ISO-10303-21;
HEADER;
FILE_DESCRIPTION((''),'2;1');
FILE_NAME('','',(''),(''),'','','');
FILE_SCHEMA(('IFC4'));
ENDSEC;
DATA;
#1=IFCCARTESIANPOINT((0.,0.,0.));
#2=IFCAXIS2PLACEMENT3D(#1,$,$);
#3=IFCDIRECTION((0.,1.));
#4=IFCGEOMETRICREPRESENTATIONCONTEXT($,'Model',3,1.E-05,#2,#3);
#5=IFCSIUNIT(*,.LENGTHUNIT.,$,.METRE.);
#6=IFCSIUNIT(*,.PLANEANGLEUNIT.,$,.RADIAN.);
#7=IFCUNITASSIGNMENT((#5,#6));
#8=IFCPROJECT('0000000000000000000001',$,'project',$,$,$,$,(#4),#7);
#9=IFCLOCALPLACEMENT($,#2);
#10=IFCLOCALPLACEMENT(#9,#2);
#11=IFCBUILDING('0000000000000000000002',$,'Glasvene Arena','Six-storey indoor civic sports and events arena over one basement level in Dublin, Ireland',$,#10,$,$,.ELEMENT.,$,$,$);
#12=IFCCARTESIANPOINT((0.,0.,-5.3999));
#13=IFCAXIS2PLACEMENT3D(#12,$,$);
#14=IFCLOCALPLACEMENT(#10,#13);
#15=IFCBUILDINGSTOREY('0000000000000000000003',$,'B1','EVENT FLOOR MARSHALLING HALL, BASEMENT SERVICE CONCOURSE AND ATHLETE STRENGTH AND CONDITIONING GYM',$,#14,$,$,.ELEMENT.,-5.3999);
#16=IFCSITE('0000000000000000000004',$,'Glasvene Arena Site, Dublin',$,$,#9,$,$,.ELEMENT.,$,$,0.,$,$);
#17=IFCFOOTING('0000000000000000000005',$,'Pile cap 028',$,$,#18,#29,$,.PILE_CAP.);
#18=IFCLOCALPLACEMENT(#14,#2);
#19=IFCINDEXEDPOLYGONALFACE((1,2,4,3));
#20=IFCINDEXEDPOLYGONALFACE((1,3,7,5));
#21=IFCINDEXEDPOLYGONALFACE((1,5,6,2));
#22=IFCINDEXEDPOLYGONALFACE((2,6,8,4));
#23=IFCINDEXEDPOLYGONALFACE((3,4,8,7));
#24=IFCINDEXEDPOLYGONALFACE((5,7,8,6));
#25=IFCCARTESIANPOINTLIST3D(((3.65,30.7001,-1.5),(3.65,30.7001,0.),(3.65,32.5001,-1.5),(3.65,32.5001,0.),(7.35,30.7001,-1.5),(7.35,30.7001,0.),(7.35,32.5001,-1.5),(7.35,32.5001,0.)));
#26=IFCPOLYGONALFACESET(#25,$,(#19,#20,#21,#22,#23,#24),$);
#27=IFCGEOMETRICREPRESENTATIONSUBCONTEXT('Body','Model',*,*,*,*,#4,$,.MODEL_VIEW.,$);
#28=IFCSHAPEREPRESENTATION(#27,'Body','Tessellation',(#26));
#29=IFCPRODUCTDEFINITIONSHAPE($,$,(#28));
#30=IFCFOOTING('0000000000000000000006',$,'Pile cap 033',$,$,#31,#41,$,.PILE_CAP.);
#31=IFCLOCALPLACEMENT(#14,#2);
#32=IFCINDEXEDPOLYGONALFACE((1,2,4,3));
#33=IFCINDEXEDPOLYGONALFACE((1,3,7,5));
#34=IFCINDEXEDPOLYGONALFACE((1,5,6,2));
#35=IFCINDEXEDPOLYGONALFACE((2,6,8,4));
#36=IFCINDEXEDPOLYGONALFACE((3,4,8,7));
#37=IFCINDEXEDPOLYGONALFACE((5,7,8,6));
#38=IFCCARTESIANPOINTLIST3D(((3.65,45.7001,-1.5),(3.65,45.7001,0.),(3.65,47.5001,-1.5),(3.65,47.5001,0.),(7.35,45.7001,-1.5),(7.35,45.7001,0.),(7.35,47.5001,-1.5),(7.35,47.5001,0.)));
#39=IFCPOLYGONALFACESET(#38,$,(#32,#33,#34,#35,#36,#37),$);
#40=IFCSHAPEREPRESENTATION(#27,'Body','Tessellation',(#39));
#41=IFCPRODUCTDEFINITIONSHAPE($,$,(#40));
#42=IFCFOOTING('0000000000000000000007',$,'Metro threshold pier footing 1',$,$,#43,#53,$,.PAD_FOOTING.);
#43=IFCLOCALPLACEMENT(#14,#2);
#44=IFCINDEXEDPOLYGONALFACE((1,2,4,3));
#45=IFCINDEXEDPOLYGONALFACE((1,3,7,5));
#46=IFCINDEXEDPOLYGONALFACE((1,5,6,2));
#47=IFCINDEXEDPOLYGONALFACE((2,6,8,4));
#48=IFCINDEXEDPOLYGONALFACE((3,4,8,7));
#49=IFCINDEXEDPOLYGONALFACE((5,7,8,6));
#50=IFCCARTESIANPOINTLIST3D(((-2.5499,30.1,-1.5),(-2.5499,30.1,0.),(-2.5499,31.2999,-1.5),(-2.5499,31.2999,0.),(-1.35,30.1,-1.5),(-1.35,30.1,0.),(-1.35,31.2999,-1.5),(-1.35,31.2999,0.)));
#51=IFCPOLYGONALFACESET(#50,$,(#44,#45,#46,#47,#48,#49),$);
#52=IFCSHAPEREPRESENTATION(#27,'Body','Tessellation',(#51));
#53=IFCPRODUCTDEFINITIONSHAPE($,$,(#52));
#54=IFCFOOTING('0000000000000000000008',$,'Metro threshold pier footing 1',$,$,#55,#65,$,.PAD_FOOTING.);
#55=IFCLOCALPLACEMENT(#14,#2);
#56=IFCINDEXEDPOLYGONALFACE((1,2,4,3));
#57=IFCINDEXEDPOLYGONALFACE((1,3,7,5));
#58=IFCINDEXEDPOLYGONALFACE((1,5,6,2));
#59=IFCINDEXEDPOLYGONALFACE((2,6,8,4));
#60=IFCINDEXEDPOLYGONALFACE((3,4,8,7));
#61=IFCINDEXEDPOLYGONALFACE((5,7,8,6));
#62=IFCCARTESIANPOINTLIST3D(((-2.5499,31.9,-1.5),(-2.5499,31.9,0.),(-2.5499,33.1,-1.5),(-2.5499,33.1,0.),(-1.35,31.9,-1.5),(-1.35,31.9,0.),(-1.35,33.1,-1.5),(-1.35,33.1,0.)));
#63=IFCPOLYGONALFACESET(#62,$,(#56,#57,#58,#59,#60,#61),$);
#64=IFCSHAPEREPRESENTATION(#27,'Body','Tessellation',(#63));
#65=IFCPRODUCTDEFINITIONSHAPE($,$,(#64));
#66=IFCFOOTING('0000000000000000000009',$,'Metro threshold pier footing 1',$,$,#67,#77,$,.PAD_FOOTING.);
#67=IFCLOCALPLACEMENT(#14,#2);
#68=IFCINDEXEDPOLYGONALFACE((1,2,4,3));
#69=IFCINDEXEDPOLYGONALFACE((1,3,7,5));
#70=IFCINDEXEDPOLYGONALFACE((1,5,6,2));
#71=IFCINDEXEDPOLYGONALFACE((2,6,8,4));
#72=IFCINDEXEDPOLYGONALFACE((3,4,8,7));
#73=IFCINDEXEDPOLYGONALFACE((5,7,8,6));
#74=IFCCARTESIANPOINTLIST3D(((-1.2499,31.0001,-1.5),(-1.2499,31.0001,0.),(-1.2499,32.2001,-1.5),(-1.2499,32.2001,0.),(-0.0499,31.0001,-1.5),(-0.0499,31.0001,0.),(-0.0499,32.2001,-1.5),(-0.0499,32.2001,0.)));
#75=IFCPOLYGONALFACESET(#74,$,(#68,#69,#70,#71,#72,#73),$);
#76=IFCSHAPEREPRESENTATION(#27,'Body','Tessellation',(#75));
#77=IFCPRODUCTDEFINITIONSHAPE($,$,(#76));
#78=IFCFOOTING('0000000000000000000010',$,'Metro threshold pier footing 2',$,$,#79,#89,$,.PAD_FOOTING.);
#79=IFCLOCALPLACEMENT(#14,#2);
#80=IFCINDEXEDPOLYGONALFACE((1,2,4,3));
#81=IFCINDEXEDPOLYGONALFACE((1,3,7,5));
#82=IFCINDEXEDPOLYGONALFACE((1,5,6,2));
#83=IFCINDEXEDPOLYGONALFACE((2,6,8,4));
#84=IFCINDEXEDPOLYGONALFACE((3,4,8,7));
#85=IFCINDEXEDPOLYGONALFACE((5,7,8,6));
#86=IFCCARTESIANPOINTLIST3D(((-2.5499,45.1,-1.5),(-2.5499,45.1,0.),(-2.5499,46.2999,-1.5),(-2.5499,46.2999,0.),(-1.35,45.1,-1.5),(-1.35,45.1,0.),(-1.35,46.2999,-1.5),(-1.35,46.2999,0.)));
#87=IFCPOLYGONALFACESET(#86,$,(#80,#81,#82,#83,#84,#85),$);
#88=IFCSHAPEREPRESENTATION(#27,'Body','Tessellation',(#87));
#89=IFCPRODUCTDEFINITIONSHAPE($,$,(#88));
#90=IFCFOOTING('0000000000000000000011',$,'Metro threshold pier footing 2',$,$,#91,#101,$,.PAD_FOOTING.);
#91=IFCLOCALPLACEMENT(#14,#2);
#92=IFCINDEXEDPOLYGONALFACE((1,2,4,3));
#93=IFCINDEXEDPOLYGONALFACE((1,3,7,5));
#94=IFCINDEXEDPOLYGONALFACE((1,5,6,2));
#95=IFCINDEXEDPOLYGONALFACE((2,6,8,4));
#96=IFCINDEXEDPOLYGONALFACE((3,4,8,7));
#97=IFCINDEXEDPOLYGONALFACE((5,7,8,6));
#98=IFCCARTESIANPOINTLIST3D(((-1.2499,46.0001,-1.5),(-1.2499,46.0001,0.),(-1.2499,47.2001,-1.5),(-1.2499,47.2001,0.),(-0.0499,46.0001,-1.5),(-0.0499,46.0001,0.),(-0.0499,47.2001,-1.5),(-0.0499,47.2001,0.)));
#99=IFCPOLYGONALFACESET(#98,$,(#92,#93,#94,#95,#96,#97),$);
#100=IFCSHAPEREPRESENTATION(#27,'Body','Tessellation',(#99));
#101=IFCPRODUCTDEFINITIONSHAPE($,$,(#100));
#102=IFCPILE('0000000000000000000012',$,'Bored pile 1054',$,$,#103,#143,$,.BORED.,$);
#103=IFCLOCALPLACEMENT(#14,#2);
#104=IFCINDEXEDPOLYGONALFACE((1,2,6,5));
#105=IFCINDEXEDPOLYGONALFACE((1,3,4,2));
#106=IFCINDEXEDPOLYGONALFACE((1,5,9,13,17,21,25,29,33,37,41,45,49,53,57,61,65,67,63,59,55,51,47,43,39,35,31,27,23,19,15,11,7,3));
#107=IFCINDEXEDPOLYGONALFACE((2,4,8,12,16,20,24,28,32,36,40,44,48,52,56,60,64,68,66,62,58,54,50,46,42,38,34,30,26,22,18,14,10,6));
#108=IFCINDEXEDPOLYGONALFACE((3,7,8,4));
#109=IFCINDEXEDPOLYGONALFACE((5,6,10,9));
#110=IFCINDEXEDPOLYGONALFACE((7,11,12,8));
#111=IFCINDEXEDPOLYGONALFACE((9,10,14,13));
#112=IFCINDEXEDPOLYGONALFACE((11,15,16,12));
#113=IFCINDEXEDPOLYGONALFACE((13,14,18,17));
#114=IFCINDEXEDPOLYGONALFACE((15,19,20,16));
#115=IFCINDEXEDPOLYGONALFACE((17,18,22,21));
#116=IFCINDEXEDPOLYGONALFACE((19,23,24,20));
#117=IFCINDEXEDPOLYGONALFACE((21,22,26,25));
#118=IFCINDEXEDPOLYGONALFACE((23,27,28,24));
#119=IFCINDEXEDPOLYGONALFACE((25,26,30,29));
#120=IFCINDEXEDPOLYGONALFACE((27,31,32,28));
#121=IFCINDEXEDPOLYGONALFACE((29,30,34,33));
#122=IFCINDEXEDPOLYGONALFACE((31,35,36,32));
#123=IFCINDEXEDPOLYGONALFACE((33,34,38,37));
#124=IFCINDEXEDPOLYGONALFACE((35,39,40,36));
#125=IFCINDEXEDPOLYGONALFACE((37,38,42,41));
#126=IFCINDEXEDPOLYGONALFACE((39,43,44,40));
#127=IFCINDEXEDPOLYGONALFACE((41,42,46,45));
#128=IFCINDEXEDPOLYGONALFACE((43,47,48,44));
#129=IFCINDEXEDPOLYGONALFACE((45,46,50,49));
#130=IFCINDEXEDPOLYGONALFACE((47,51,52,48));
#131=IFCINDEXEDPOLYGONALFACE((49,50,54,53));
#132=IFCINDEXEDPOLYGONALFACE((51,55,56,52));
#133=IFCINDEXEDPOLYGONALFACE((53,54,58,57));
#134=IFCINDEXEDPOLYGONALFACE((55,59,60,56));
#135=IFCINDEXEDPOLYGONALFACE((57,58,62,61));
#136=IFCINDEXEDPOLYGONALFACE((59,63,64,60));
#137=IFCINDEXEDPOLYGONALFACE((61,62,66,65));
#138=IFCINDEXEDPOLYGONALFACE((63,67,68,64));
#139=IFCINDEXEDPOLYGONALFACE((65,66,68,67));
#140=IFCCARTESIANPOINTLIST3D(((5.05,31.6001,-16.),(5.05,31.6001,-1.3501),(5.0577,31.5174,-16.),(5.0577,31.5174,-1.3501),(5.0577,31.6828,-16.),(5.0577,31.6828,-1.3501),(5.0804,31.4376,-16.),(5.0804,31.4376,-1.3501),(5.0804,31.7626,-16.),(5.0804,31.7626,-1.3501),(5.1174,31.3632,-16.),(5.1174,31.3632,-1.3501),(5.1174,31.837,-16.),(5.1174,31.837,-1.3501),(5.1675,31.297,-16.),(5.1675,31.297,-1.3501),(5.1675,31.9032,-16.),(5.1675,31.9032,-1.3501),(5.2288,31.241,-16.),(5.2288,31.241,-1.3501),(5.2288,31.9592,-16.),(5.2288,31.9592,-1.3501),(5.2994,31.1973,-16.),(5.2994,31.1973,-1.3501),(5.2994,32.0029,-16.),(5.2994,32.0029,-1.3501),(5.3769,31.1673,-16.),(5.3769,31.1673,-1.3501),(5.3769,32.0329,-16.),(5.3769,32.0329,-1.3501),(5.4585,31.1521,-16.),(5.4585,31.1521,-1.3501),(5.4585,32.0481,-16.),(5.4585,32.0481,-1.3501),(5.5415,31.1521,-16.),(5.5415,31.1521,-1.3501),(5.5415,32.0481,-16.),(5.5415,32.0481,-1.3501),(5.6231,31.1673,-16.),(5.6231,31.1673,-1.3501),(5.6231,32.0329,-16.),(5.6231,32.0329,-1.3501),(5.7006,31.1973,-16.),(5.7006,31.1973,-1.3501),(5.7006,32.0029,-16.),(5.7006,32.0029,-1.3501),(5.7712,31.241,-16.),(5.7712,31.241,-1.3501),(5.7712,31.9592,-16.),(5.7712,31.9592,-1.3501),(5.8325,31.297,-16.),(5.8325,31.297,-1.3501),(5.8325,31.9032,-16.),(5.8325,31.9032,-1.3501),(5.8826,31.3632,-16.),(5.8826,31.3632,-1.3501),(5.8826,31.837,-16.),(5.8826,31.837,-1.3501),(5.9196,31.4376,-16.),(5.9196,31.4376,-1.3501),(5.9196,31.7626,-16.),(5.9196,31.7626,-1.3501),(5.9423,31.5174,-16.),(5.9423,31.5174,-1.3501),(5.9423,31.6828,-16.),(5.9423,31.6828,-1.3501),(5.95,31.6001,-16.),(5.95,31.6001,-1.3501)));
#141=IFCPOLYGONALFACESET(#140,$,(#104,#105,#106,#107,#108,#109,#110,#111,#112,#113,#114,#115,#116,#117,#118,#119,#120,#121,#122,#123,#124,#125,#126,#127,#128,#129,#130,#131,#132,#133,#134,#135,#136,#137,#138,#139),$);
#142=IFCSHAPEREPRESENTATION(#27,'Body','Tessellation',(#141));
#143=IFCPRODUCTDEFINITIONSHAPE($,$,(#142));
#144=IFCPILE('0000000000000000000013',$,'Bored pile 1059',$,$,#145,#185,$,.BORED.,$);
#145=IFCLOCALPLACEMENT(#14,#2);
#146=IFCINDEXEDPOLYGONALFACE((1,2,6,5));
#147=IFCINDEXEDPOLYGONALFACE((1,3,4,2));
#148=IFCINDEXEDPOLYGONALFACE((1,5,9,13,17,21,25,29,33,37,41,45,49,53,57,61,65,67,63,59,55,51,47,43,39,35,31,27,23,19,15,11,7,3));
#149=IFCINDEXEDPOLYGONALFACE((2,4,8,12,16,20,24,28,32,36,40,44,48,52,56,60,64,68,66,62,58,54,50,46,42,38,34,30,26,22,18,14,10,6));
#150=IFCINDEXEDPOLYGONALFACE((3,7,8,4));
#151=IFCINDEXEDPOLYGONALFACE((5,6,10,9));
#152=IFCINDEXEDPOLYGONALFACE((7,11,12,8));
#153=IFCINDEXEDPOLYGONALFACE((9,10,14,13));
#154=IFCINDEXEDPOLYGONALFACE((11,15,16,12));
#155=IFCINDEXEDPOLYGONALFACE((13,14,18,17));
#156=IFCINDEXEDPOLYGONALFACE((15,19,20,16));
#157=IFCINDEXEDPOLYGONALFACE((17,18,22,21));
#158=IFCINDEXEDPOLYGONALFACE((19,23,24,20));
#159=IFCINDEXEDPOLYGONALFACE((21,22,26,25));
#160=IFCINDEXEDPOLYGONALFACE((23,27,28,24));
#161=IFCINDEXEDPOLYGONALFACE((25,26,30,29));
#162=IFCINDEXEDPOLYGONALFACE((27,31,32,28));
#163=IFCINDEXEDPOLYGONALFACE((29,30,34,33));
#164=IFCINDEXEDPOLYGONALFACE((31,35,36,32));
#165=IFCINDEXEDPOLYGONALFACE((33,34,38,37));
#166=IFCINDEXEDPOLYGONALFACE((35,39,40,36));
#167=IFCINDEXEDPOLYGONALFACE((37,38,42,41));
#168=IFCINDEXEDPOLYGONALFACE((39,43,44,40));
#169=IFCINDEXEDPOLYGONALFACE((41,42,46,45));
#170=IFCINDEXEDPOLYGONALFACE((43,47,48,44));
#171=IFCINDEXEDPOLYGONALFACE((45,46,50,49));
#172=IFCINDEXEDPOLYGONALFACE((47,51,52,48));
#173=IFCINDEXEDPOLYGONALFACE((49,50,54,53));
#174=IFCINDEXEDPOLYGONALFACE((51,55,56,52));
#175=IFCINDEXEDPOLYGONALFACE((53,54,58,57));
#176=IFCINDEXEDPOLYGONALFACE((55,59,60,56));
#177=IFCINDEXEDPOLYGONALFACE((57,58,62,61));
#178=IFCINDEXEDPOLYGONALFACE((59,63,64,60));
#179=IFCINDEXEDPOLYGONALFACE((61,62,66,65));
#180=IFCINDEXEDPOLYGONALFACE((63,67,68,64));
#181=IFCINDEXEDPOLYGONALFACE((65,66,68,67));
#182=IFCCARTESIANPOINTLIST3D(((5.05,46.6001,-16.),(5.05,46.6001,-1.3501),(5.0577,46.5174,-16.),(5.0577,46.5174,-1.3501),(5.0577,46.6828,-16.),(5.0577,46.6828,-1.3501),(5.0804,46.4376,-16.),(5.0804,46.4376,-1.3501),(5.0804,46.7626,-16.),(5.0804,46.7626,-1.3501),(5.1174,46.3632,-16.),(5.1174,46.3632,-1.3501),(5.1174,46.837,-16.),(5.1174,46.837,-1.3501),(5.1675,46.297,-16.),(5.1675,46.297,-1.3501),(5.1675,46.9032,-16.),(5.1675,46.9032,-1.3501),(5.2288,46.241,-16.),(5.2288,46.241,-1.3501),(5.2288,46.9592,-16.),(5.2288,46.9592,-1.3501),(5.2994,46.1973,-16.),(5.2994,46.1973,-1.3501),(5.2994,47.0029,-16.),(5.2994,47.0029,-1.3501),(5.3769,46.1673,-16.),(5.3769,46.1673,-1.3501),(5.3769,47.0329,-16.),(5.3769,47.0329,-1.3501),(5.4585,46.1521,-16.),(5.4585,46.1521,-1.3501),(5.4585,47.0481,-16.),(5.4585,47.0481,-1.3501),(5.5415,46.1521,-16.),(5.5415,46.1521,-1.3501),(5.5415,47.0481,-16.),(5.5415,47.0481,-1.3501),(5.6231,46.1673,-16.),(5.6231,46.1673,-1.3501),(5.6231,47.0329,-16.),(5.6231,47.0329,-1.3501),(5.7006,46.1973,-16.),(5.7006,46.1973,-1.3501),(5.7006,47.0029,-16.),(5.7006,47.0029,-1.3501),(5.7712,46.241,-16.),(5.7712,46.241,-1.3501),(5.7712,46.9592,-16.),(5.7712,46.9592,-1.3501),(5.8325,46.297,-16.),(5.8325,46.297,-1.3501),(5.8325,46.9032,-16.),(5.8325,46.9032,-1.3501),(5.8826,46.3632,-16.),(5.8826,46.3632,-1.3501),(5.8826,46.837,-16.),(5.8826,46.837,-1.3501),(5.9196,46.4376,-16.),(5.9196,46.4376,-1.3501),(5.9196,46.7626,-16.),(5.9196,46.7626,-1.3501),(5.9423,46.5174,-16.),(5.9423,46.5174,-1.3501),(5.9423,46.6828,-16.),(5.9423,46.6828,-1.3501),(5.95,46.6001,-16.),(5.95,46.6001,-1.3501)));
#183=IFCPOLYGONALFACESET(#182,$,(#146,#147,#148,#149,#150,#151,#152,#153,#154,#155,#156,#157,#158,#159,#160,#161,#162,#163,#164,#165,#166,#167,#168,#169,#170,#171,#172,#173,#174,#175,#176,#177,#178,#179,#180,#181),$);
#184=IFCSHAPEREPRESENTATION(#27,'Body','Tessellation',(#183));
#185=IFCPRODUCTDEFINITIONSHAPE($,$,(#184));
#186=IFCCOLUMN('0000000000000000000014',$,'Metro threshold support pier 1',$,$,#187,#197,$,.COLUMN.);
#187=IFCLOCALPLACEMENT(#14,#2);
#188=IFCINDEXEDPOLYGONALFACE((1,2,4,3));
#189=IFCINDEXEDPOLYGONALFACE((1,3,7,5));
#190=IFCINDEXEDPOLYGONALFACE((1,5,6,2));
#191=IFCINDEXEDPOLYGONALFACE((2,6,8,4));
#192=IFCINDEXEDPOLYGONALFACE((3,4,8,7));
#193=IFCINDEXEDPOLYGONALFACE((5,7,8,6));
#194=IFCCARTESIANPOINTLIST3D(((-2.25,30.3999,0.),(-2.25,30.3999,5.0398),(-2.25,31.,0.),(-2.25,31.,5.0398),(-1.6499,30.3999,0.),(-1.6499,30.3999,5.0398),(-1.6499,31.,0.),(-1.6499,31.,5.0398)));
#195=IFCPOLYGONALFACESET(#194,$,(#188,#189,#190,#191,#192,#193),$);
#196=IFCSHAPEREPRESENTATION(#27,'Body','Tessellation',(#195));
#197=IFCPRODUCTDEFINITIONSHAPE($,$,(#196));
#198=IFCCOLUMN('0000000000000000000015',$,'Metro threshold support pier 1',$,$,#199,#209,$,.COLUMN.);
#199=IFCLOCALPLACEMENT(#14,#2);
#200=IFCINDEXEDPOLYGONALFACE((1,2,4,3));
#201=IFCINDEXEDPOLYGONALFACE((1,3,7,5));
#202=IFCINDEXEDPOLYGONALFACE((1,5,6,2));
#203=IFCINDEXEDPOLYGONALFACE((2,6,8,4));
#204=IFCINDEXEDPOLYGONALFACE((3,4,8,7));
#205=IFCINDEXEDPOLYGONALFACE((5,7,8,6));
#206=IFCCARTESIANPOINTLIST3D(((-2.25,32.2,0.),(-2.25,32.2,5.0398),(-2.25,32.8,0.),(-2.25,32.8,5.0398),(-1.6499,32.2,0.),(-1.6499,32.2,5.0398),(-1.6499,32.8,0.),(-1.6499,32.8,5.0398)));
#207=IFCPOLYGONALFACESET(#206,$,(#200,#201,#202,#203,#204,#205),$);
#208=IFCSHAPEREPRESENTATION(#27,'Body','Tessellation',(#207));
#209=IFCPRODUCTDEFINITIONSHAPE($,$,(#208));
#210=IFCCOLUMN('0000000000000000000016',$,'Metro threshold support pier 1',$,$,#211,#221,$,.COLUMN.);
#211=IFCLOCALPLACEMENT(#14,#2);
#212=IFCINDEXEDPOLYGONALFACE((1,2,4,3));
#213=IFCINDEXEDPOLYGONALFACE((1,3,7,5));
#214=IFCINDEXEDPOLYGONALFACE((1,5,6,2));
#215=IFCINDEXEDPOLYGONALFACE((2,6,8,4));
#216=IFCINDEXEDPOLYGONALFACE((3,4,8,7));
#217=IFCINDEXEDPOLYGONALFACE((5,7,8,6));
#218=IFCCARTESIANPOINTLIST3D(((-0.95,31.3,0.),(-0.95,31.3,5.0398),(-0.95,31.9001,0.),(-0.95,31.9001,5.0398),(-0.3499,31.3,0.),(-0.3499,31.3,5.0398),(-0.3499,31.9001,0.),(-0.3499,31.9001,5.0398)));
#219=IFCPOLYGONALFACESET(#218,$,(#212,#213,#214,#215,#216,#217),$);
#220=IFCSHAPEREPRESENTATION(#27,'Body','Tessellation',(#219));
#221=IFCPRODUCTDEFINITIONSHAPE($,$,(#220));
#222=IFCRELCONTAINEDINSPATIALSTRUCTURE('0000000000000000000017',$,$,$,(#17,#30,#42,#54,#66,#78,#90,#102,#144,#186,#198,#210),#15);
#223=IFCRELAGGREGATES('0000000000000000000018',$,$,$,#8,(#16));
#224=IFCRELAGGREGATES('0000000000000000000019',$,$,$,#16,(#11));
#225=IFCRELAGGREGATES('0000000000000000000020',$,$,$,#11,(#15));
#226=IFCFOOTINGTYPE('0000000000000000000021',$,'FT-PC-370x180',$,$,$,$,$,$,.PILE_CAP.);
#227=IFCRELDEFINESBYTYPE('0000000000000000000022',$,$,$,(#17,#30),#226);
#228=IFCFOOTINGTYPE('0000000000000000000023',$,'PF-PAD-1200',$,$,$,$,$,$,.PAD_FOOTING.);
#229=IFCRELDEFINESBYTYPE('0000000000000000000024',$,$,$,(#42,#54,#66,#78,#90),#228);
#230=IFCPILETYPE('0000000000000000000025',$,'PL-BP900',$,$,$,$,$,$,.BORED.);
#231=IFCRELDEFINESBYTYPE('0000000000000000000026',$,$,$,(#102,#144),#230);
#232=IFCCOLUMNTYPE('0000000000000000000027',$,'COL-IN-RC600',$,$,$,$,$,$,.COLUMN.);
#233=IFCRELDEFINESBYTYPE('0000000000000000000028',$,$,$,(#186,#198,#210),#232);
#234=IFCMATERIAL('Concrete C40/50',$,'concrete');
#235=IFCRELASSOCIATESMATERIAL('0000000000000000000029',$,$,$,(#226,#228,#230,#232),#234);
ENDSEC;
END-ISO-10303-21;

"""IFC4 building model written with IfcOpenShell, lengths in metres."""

from ifc_helpers import new_model, si_unit, direction, frame, origin, origin_2d, place, context, subcontext, project, spatial, rectangle, circle, extrude, material, material_profile, profile_set, type_object, element, save


model = new_model("IFC4")

# Units and contexts
model_context = context("Model", 3, precision=1e-05, world=origin(), true_north=direction((0.0, 1.0)))
body_context = subcontext(model_context, "Body", "Model", "MODEL_VIEW")
ifc_project = project(units=[si_unit("LENGTHUNIT", "METRE"), si_unit("PLANEANGLEUNIT", "RADIAN")], contexts=[model_context])

# Site, building, storey
site_placement = place(None, origin())
site = spatial("IfcSite", under=ifc_project, at=site_placement, Name="Glasvene Arena Site, Dublin", CompositionType="ELEMENT", RefElevation=0.0)
building_placement = place(site_placement, origin())
building = spatial("IfcBuilding", under=site, at=building_placement, Name="Glasvene Arena", Description="Six-storey indoor civic sports and events arena over one basement level in Dublin, Ireland", CompositionType="ELEMENT")
storey_placement = place(building_placement, frame((0.0, 0.0, -5.3999)))
storey = spatial("IfcBuildingStorey", under=building, at=storey_placement, Name="B1", Description="EVENT FLOOR MARSHALLING HALL, BASEMENT SERVICE CONCOURSE AND ATHLETE STRENGTH AND CONDITIONING GYM", CompositionType="ELEMENT", Elevation=-5.3999)

# Footings
ifc_material_1 = material(Name="Concrete C40/50", Category="concrete")
footing_type_1 = type_object("IfcFootingType", Name="FT-PC-370x180", PredefinedType="PILE_CAP", material=ifc_material_1)
for number, where, z_axis, x_axis, name in (
    (1, (5.5, 31.6001, -1.5), (0.0, 0.0, 1.0), (1.0, 0.0, 0.0), "Pile cap 028"),
    (2, (5.5, 46.6001, -1.5), (0.0, 0.0, 1.0), (1.0, 0.0, 0.0), "Pile cap 033"),
):
    element("IfcFooting", number, at=place(storey_placement, frame(where, z_axis=z_axis, x_axis=x_axis)), inside=storey, type_object=footing_type_1, Name=name, PredefinedType="PILE_CAP", context=body_context, shape_type="SweptSolid", body=[
        extrude(rectangle(XDim=3.7, YDim=1.8, at=origin_2d()), origin(), (0.0, 0.0, 1.0), 1.5),
    ])
footing_type_2 = type_object("IfcFootingType", Name="PF-PAD-1200", PredefinedType="PAD_FOOTING", material=ifc_material_1)
for number, where, z_axis, x_axis, name in (
    (3, (-1.95, 30.7, -1.5), (0.0, 0.0, 1.0), (1.0, 0.0, 0.0), "Metro threshold pier footing 1"),
    (4, (-1.95, 32.5, -1.5), (0.0, 0.0, 1.0), (1.0, 0.0, 0.0), "Metro threshold pier footing 1"),
    (5, (-0.6499, 31.6001, -1.5), (0.0, 0.0, 1.0), (1.0, 0.0, 0.0), "Metro threshold pier footing 1"),
    (6, (-1.95, 45.7, -1.5), (0.0, 0.0, 1.0), (1.0, 0.0, 0.0), "Metro threshold pier footing 2"),
    (7, (-0.6499, 46.6001, -1.5), (0.0, 0.0, 1.0), (1.0, 0.0, 0.0), "Metro threshold pier footing 2"),
):
    element("IfcFooting", number, at=place(storey_placement, frame(where, z_axis=z_axis, x_axis=x_axis)), inside=storey, type_object=footing_type_2, Name=name, PredefinedType="PAD_FOOTING", context=body_context, shape_type="SweptSolid", body=[
        extrude(rectangle(XDim=1.2, YDim=1.2, at=origin_2d()), origin(), (0.0, 0.0, 1.0), 1.5),
    ])

# Piles
ifc_material_profile_1 = material_profile(ifc_material_1, circle(Radius=0.45, at=origin_2d()), Name="BORED PILE 900")
ifc_profile_set_1 = profile_set([ifc_material_profile_1], Name="Concrete C40/50")
pile_type = type_object("IfcPileType", Name="PL-BP900", PredefinedType="BORED", material=ifc_profile_set_1)
for number, where, z_axis, x_axis, name in (
    (8, (5.5, 31.6001, -1.3501), (0.0, 0.0, -1.0), (1.0, 0.0, 0.0), "Bored pile 1054"),
    (9, (5.5, 46.6001, -1.3501), (0.0, 0.0, -1.0), (1.0, 0.0, 0.0), "Bored pile 1059"),
):
    element("IfcPile", number, at=place(storey_placement, frame(where, z_axis=z_axis, x_axis=x_axis)), inside=storey, type_object=pile_type, Name=name, PredefinedType="BORED", context=body_context, shape_type="SweptSolid", body=[
        extrude(circle(Radius=0.45, at=origin_2d()), origin(), (0.0, 0.0, 1.0), 14.6499),
    ])

# Columns
ifc_material_profile_2 = material_profile(ifc_material_1, rectangle(XDim=0.6001, YDim=0.6001, at=origin_2d()), Name="RC 600x600")
ifc_profile_set_2 = profile_set([ifc_material_profile_2], Name="Concrete C40/50")
column_type_1 = type_object("IfcColumnType", Name="COL-IN-RC600", PredefinedType="COLUMN", material=ifc_profile_set_2)
for number, where, z_axis, x_axis, name in (
    (10, (-1.95, 30.7, 0.0), (0.0, 0.0, 1.0), (1.0, 0.0, 0.0), "Metro threshold support pier 1"),
    (11, (-1.95, 32.5, 0.0), (0.0, 0.0, 1.0), (1.0, 0.0, 0.0), "Metro threshold support pier 1"),
    (12, (-0.6499, 31.6001, 0.0), (0.0, 0.0, 1.0), (1.0, 0.0, 0.0), "Metro threshold support pier 1"),
):
    element("IfcColumn", number, at=place(storey_placement, frame(where, z_axis=z_axis, x_axis=x_axis)), inside=storey, type_object=column_type_1, Name=name, PredefinedType="COLUMN", context=body_context, shape_type="SweptSolid", body=[
        extrude(rectangle(XDim=0.6001, YDim=0.6001, at=origin_2d()), origin(), (0.0, 0.0, 1.0), 5.0398),
    ])

save(model, "model.ifc")
